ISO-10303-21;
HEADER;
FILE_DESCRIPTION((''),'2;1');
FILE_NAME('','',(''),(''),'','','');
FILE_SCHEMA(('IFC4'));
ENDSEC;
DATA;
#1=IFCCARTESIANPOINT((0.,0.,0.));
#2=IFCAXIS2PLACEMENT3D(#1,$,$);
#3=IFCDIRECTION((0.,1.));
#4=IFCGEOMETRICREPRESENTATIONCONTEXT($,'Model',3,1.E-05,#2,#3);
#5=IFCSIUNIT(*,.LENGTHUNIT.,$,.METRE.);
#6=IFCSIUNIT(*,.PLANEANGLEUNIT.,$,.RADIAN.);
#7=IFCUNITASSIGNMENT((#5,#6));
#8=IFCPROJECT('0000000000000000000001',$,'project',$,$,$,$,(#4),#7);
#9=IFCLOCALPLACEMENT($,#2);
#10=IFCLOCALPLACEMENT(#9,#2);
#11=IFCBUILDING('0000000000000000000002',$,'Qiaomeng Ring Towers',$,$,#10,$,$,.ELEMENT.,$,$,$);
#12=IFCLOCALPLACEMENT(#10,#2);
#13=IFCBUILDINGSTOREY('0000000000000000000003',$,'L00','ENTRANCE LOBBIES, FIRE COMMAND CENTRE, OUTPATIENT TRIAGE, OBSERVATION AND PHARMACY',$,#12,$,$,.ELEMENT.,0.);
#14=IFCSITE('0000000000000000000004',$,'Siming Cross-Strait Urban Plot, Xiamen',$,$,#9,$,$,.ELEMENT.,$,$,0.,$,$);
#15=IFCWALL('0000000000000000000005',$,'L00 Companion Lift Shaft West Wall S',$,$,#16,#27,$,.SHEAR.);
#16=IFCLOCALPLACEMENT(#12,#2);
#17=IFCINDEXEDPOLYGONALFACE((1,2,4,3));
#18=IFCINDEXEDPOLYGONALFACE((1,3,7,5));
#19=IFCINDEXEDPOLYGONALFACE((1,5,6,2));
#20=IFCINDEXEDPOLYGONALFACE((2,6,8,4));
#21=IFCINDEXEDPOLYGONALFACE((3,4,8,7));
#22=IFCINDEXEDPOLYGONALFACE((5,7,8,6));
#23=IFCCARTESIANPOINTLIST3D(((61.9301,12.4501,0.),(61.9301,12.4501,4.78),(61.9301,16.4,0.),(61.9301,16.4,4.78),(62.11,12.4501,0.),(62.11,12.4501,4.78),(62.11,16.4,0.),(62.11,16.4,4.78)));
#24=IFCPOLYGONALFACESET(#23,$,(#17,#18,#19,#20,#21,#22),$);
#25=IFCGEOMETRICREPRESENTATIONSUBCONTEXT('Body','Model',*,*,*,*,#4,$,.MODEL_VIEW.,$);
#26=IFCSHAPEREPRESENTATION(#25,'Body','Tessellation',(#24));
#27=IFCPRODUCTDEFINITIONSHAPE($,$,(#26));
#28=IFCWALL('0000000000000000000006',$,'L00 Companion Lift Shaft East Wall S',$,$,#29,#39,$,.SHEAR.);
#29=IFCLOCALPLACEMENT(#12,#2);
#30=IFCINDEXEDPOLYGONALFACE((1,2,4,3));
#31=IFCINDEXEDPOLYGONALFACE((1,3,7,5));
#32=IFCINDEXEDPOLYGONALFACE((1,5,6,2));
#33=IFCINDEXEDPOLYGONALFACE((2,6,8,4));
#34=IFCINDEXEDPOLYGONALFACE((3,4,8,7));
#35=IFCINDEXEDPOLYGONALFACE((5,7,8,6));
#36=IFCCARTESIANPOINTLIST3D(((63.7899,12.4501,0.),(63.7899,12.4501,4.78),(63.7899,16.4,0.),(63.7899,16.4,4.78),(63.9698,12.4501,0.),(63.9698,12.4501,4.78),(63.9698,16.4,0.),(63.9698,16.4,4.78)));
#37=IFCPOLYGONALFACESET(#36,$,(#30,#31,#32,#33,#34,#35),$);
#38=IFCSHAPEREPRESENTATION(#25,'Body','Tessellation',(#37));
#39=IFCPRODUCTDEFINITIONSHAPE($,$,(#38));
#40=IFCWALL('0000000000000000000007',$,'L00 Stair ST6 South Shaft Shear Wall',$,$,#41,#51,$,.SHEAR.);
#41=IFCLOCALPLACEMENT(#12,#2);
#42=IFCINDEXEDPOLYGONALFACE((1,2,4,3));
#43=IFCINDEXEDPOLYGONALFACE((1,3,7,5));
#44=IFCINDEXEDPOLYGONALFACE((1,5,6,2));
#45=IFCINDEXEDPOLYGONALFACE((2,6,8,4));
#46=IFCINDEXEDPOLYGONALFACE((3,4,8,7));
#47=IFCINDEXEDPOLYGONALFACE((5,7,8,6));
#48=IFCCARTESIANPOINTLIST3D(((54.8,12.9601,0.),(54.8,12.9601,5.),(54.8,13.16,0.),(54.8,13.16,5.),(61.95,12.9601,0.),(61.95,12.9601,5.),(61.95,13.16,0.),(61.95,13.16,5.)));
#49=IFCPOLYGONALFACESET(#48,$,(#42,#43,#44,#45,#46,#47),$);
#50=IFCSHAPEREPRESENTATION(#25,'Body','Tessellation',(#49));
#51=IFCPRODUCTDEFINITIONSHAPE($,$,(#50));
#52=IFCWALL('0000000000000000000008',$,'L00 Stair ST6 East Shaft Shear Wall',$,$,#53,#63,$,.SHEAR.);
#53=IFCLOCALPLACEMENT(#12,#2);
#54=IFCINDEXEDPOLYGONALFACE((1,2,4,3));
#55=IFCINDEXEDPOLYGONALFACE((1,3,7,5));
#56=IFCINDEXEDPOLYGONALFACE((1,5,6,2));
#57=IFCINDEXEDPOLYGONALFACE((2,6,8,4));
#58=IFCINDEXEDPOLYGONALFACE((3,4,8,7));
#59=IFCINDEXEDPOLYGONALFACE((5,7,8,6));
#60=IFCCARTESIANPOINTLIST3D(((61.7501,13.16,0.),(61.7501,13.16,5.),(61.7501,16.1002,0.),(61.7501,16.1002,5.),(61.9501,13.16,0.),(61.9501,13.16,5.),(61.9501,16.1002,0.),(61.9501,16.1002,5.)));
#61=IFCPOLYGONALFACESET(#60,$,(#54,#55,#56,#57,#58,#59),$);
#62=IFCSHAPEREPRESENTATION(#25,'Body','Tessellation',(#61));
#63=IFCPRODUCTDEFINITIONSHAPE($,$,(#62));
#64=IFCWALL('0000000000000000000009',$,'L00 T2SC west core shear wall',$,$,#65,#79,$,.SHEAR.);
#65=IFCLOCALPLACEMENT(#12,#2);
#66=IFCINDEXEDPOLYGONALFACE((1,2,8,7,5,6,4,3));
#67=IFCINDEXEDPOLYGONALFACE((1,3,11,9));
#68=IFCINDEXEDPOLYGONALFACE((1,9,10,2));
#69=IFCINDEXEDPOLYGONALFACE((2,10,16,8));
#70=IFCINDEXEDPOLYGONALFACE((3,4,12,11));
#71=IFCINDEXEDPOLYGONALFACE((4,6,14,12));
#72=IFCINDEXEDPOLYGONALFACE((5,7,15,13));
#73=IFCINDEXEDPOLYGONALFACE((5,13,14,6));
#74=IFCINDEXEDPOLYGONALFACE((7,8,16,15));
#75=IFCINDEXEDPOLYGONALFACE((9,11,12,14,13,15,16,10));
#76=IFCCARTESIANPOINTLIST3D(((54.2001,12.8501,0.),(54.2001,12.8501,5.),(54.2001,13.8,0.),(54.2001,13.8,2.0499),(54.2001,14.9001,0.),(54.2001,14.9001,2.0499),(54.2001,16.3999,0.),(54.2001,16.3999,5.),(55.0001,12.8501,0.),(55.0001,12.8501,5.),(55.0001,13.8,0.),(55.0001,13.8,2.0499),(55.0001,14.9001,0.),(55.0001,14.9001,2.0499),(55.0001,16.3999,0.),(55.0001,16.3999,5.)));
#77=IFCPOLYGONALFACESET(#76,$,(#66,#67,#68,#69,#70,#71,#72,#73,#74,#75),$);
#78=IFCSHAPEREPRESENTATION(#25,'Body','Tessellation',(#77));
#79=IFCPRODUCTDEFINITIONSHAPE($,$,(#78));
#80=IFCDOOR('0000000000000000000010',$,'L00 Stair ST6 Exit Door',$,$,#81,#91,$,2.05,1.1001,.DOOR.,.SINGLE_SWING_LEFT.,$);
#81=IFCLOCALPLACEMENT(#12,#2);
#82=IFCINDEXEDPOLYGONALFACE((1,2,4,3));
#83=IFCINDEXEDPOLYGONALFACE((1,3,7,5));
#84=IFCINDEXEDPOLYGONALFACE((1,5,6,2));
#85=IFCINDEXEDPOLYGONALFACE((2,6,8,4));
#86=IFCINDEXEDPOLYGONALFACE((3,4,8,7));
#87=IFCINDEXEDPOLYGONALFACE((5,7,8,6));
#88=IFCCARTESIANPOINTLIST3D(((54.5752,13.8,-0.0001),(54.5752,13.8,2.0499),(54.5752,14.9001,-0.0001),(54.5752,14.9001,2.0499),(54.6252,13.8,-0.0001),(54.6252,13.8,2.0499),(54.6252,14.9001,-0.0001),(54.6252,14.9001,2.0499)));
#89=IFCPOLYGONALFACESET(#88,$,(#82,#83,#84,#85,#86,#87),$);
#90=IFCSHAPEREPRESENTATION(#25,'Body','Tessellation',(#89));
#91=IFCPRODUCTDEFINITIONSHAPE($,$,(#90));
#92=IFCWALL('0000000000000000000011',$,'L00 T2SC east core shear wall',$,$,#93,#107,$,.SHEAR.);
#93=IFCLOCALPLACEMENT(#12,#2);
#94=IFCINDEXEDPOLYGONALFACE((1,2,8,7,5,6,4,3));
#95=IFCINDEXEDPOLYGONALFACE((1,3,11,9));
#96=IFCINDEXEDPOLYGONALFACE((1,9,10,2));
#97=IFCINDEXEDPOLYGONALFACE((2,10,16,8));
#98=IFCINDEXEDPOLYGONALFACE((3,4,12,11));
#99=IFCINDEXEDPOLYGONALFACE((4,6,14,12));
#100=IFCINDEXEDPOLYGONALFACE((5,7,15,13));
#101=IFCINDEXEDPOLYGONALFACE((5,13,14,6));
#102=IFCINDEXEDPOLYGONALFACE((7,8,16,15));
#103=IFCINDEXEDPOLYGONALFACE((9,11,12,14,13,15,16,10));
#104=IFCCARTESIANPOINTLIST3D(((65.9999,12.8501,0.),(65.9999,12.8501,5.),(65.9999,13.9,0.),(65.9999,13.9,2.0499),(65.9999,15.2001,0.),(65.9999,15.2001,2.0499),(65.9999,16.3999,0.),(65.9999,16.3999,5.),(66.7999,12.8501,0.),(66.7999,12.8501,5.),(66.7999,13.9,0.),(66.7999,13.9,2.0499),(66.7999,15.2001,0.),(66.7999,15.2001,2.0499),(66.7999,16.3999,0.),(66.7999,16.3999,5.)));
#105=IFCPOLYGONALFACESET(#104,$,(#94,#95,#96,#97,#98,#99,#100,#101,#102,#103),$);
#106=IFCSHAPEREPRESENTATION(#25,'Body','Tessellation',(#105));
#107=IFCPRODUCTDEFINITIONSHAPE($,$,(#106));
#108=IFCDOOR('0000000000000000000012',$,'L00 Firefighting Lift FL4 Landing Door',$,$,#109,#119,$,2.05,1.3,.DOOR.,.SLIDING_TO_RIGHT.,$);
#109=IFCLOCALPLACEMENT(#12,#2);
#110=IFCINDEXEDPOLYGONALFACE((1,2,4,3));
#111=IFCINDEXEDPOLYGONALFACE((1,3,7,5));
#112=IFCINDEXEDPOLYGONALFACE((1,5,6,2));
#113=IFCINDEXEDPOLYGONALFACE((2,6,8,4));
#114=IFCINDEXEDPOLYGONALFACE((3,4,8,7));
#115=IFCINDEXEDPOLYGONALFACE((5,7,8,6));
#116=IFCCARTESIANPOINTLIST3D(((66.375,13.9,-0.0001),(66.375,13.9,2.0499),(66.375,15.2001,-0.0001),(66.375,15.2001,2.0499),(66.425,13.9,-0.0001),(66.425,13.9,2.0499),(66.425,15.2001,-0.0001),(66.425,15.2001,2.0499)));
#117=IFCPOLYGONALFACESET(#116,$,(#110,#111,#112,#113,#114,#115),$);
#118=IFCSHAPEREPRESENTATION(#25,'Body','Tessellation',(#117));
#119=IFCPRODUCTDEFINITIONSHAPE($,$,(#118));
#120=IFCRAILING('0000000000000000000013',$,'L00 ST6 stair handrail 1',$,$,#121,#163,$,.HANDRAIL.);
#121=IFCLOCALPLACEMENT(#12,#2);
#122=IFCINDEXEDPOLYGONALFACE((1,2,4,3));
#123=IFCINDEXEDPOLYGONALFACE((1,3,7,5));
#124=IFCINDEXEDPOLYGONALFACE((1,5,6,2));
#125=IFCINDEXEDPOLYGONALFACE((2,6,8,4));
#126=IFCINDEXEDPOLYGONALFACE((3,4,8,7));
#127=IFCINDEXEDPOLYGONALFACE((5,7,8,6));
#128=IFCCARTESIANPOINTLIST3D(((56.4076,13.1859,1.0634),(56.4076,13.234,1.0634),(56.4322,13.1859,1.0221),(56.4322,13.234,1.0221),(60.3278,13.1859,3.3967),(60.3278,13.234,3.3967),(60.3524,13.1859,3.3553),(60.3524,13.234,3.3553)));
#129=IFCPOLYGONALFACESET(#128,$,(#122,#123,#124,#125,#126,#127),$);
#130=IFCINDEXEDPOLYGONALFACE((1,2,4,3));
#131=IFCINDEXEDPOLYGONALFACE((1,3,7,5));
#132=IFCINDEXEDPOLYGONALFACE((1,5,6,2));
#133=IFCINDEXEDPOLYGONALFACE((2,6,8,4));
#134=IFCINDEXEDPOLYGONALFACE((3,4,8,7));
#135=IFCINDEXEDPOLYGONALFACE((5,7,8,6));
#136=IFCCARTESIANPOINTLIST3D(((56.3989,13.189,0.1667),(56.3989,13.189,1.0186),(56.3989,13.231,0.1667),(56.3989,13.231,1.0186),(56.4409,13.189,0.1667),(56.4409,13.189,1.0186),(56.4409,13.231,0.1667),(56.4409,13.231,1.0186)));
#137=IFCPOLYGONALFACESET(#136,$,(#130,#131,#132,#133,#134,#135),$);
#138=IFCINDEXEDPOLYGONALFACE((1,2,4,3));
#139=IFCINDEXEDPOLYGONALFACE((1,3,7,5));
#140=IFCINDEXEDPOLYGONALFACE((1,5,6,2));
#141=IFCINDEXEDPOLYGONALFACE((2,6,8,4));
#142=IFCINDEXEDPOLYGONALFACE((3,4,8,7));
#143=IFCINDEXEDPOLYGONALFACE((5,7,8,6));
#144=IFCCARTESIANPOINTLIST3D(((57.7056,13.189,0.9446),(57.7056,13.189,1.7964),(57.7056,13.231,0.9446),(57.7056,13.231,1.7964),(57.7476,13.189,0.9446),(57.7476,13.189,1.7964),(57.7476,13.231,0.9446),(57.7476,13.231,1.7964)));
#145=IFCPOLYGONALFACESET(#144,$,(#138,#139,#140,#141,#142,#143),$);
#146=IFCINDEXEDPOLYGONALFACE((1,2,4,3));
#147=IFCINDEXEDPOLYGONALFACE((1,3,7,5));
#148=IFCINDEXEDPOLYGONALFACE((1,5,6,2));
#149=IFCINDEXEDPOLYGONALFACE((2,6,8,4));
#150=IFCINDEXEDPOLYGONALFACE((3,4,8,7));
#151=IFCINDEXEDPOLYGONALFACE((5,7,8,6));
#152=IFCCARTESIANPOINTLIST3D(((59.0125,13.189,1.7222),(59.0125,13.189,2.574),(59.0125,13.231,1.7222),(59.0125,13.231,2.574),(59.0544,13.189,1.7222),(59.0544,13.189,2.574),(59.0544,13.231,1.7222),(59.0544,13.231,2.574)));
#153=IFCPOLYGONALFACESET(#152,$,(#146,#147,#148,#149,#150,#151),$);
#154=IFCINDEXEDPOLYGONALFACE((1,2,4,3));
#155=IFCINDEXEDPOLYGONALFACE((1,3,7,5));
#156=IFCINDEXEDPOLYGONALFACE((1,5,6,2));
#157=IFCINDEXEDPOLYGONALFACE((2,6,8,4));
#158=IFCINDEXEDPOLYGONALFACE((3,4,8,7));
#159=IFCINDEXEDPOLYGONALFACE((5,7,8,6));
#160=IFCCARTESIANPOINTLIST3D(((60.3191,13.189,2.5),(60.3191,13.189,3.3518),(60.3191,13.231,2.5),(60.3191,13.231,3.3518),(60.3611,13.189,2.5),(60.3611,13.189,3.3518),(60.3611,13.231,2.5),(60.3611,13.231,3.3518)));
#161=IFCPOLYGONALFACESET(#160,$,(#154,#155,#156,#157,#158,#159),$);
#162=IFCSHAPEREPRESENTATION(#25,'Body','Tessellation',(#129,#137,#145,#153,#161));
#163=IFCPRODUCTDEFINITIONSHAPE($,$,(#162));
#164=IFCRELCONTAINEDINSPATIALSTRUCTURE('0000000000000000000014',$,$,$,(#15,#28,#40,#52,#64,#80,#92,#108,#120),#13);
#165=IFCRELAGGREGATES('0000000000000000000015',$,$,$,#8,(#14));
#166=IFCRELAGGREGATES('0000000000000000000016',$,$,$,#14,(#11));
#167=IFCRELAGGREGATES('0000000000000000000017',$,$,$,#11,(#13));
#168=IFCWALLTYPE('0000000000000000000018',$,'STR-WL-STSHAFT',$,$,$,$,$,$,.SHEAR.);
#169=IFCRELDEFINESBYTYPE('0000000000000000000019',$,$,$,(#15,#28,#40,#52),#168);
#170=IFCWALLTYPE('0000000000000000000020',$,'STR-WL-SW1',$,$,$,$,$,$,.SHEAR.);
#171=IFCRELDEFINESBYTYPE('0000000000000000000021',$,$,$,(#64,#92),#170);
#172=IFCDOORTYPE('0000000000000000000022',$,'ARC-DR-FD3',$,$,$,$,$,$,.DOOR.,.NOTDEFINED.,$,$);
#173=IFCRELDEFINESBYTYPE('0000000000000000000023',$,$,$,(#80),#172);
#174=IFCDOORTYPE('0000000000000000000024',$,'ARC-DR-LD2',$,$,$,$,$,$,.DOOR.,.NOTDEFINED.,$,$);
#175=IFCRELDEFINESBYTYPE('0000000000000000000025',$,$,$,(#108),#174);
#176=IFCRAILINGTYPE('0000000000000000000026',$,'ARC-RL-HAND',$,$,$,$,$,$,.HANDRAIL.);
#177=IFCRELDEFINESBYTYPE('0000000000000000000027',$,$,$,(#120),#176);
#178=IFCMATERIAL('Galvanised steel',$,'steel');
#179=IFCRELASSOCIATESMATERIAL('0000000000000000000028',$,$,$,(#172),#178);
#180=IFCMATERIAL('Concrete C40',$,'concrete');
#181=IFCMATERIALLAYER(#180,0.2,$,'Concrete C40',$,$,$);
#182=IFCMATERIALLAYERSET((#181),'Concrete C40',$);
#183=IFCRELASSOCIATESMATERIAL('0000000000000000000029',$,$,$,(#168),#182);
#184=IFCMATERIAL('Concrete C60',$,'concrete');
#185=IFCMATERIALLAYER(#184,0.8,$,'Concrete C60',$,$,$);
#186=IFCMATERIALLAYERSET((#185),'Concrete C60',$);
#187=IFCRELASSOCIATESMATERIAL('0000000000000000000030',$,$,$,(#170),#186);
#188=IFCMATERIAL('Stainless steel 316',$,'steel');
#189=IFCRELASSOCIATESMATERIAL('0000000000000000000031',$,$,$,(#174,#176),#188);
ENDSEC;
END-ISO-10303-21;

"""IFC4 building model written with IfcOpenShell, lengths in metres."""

from ifc_helpers import new_model, si_unit, direction, frame, frame_2d, origin, origin_2d, place, context, subcontext, project, spatial, rectangle, extrude, source, transform, mapped, material, layer, layer_set, type_object, element, fill, save


model = new_model("IFC4")

# Units and contexts
model_context = context("Model", 3, precision=1e-05, world=origin(), true_north=direction((0.0, 1.0)))
body_context = subcontext(model_context, "Body", "Model", "MODEL_VIEW")
ifc_project = project(units=[si_unit("LENGTHUNIT", "METRE"), si_unit("PLANEANGLEUNIT", "RADIAN")], contexts=[model_context])

# Site, building, storey
site_placement = place(None, origin())
site = spatial("IfcSite", under=ifc_project, at=site_placement, Name="Siming Cross-Strait Urban Plot, Xiamen", CompositionType="ELEMENT", RefElevation=0.0)
building_placement = place(site_placement, origin())
building = spatial("IfcBuilding", under=site, at=building_placement, Name="Qiaomeng Ring Towers", CompositionType="ELEMENT")
storey_placement = place(building_placement, origin())
storey = spatial("IfcBuildingStorey", under=building, at=storey_placement, Name="L00", Description="ENTRANCE LOBBIES, FIRE COMMAND CENTRE, OUTPATIENT TRIAGE, OBSERVATION AND PHARMACY", CompositionType="ELEMENT", Elevation=0.0)

# Shared definitions
ifc_material_1 = material(Name="Concrete C60", Category="concrete")

# Shared definitions
ifc_material_2 = material(Name="Galvanised steel", Category="steel")

# Shared definitions
door_type_1 = type_object("IfcDoorType", Name="ARC-DR-FD3", OperationType="NOTDEFINED", PredefinedType="DOOR", material=ifc_material_2)
shared_shape_1 = source(origin(), body_context, "Body", "SweptSolid", [
    extrude(rectangle(XDim=1.1001, YDim=2.05, at=frame_2d((0.55, 1.0249))), frame((0.0, 0.0249, 0.0), z_axis=(0.0, -1.0, 0.0), x_axis=(1.0, 0.0, 0.0)), (0.0, 0.0, 1.0), 0.05),
])

# Walls
ifc_material_3 = material(Name="Concrete C40", Category="concrete")
ifc_layer_1 = layer(ifc_material_3, 0.2, Name="Concrete C40")
ifc_layer_set_1 = layer_set([ifc_layer_1], Name="Concrete C40")
wall_type_1 = type_object("IfcWallType", Name="STR-WL-STSHAFT", PredefinedType="SHEAR", material=ifc_layer_set_1)
for number, where, z_axis, x_axis, name in (
    (1, (62.02, 12.45, 0.0), (0.0, 0.0, 1.0), (0.0, 1.0, 0.0), "L00 Companion Lift Shaft West Wall S"),
    (2, (63.8799, 12.45, 0.0), (0.0, 0.0, 1.0), (0.0, 1.0, 0.0), "L00 Companion Lift Shaft East Wall S"),
):
    element("IfcWall", number, at=place(storey_placement, frame(where, z_axis=z_axis, x_axis=x_axis)), inside=storey, type_object=wall_type_1, Name=name, PredefinedType="SHEAR", context=body_context, shape_type="SweptSolid", body=[
        extrude(rectangle(XDim=3.95, YDim=0.1799, at=frame_2d((1.9751, 0.0))), origin(), (0.0, 0.0, 1.0), 4.78),
    ])
wall_1_placement = place(storey_placement, frame((54.8, 13.0601, 0.0), z_axis=(0.0, 0.0, 1.0), x_axis=(1.0, 0.0, 0.0)))
element("IfcWall", 3, at=wall_1_placement, inside=storey, type_object=wall_type_1, Name="L00 Stair ST6 South Shaft Shear Wall", PredefinedType="SHEAR", context=body_context, shape_type="SweptSolid", body=[
    extrude(rectangle(XDim=7.1499, YDim=0.2, at=frame_2d((3.575, 0.0))), origin(), (0.0, 0.0, 1.0), 5.0),
])
wall_2_placement = place(storey_placement, frame((61.8501, 13.1599, 0.0), z_axis=(0.0, 0.0, 1.0), x_axis=(0.0, 1.0, 0.0)))
element("IfcWall", 4, at=wall_2_placement, inside=storey, type_object=wall_type_1, Name="L00 Stair ST6 East Shaft Shear Wall", PredefinedType="SHEAR", context=body_context, shape_type="SweptSolid", body=[
    extrude(rectangle(XDim=2.9402, YDim=0.2, at=frame_2d((1.4702, 0.0))), origin(), (0.0, 0.0, 1.0), 5.0),
])

# Walls, openings, doors
ifc_layer_2 = layer(ifc_material_1, 0.8, Name="Concrete C60")
ifc_layer_set_2 = layer_set([ifc_layer_2], Name="Concrete C60")
wall_type_2 = type_object("IfcWallType", Name="STR-WL-SW1", PredefinedType="SHEAR", material=ifc_layer_set_2)
wall_3_placement = place(storey_placement, frame((54.6001, 12.8501, 0.0), z_axis=(0.0, 0.0, 1.0), x_axis=(0.0, 1.0, 0.0)))
wall_3 = element("IfcWall", 5, at=wall_3_placement, inside=storey, type_object=wall_type_2, Name="L00 T2SC west core shear wall", PredefinedType="SHEAR", context=body_context, shape_type="SweptSolid", body=[
    extrude(rectangle(XDim=3.5498, YDim=0.8, at=frame_2d((1.7749, 0.0))), origin(), (0.0, 0.0, 1.0), 5.0),
])
opening_1_placement = place(wall_3_placement, frame((0.95, 0.0, 0.0)))
opening_1 = element("IfcOpeningElement", 6, at=opening_1_placement, cuts=wall_3, PredefinedType="OPENING", context=body_context, shape_type="SweptSolid", body=[
    extrude(rectangle(XDim=1.1001, YDim=2.05, at=frame_2d((0.55, 1.0249))), frame((0.0, 0.4099, 0.0), z_axis=(0.0, -1.0, 0.0), x_axis=(1.0, 0.0, 0.0)), (0.0, 0.0, 1.0), 0.8201),
])
door_1_placement = place(opening_1_placement, origin())
door_1 = element("IfcDoor", 7, at=door_1_placement, inside=storey, type_object=door_type_1, Name="L00 Stair ST6 Exit Door", OperationType="SINGLE_SWING_LEFT", OverallHeight=2.05, OverallWidth=1.1001, PredefinedType="DOOR", context=body_context, shape_type="MappedRepresentation", body=[
    mapped(shared_shape_1, transform((0.0, 0.0, 0.0), x_axis=(1.0, 0.0, 0.0), y_axis=(0.0, 1.0, 0.0), z_axis=(0.0, 0.0, 1.0), scale=1.0)),
])
fill(opening_1, door_1)
wall_4_placement = place(storey_placement, frame((66.3999, 12.8501, 0.0), z_axis=(0.0, 0.0, 1.0), x_axis=(0.0, 1.0, 0.0)))
wall_4 = element("IfcWall", 8, at=wall_4_placement, inside=storey, type_object=wall_type_2, Name="L00 T2SC east core shear wall", PredefinedType="SHEAR", context=body_context, shape_type="SweptSolid", body=[
    extrude(rectangle(XDim=3.5498, YDim=0.8, at=frame_2d((1.7749, 0.0))), origin(), (0.0, 0.0, 1.0), 5.0),
])
opening_2_placement = place(wall_4_placement, frame((1.05, 0.0, 0.0)))
opening_2 = element("IfcOpeningElement", 9, at=opening_2_placement, cuts=wall_4, PredefinedType="OPENING", context=body_context, shape_type="SweptSolid", body=[
    extrude(rectangle(XDim=1.3, YDim=2.05, at=frame_2d((0.6499, 1.0249))), frame((0.0, 0.4099, 0.0), z_axis=(0.0, -1.0, 0.0), x_axis=(1.0, 0.0, 0.0)), (0.0, 0.0, 1.0), 0.8201),
])
ifc_material_4 = material(Name="Stainless steel 316", Category="steel")
door_type_2 = type_object("IfcDoorType", Name="ARC-DR-LD2", OperationType="NOTDEFINED", PredefinedType="DOOR", material=ifc_material_4)
shared_shape_2 = source(origin(), body_context, "Body", "SweptSolid", [
    extrude(rectangle(XDim=1.3, YDim=2.05, at=frame_2d((0.6499, 1.0249))), frame((0.0, 0.0249, 0.0), z_axis=(0.0, -1.0, 0.0), x_axis=(1.0, 0.0, 0.0)), (0.0, 0.0, 1.0), 0.05),
])
door_2_placement = place(opening_2_placement, origin())
door_2 = element("IfcDoor", 10, at=door_2_placement, inside=storey, type_object=door_type_2, Name="L00 Firefighting Lift FL4 Landing Door", OperationType="SLIDING_TO_RIGHT", OverallHeight=2.05, OverallWidth=1.3, PredefinedType="DOOR", context=body_context, shape_type="MappedRepresentation", body=[
    mapped(shared_shape_2, transform((0.0, 0.0, 0.0), x_axis=(1.0, 0.0, 0.0), y_axis=(0.0, 1.0, 0.0), z_axis=(0.0, 0.0, 1.0), scale=1.0)),
])
fill(opening_2, door_2)

# Railing
railing_type_1 = type_object("IfcRailingType", Name="ARC-RL-HAND", PredefinedType="HANDRAIL", material=ifc_material_4)
railing_1_placement = place(storey_placement, frame((56.4199, 13.21, 0.1667)))
element("IfcRailing", 11, at=railing_1_placement, inside=storey, type_object=railing_type_1, Name="L00 ST6 stair handrail 1", PredefinedType="HANDRAIL", context=body_context, shape_type="SweptSolid", body=[
    extrude(rectangle(XDim=0.0481, YDim=0.0481, at=origin_2d()), frame((0.0, 0.0, 0.876), z_axis=(0.85931, 0.0, 0.511455), x_axis=(0.0, 1.0, 0.0)), (0.0, 0.0, 1.0), 4.562),
    extrude(rectangle(XDim=0.042, YDim=0.042, at=origin_2d()), origin(), (0.0, 0.0, 1.0), 0.8518),
    extrude(rectangle(XDim=0.042, YDim=0.042, at=origin_2d()), frame((1.3066, 0.0, 0.7778)), (0.0, 0.0, 1.0), 0.8518),
    extrude(rectangle(XDim=0.042, YDim=0.042, at=origin_2d()), frame((2.6135, 0.0, 1.5554)), (0.0, 0.0, 1.0), 0.8518),
    extrude(rectangle(XDim=0.042, YDim=0.042, at=origin_2d()), frame((3.9202, 0.0, 2.3333)), (0.0, 0.0, 1.0), 0.8518),
])

save(model, "model.ifc")
